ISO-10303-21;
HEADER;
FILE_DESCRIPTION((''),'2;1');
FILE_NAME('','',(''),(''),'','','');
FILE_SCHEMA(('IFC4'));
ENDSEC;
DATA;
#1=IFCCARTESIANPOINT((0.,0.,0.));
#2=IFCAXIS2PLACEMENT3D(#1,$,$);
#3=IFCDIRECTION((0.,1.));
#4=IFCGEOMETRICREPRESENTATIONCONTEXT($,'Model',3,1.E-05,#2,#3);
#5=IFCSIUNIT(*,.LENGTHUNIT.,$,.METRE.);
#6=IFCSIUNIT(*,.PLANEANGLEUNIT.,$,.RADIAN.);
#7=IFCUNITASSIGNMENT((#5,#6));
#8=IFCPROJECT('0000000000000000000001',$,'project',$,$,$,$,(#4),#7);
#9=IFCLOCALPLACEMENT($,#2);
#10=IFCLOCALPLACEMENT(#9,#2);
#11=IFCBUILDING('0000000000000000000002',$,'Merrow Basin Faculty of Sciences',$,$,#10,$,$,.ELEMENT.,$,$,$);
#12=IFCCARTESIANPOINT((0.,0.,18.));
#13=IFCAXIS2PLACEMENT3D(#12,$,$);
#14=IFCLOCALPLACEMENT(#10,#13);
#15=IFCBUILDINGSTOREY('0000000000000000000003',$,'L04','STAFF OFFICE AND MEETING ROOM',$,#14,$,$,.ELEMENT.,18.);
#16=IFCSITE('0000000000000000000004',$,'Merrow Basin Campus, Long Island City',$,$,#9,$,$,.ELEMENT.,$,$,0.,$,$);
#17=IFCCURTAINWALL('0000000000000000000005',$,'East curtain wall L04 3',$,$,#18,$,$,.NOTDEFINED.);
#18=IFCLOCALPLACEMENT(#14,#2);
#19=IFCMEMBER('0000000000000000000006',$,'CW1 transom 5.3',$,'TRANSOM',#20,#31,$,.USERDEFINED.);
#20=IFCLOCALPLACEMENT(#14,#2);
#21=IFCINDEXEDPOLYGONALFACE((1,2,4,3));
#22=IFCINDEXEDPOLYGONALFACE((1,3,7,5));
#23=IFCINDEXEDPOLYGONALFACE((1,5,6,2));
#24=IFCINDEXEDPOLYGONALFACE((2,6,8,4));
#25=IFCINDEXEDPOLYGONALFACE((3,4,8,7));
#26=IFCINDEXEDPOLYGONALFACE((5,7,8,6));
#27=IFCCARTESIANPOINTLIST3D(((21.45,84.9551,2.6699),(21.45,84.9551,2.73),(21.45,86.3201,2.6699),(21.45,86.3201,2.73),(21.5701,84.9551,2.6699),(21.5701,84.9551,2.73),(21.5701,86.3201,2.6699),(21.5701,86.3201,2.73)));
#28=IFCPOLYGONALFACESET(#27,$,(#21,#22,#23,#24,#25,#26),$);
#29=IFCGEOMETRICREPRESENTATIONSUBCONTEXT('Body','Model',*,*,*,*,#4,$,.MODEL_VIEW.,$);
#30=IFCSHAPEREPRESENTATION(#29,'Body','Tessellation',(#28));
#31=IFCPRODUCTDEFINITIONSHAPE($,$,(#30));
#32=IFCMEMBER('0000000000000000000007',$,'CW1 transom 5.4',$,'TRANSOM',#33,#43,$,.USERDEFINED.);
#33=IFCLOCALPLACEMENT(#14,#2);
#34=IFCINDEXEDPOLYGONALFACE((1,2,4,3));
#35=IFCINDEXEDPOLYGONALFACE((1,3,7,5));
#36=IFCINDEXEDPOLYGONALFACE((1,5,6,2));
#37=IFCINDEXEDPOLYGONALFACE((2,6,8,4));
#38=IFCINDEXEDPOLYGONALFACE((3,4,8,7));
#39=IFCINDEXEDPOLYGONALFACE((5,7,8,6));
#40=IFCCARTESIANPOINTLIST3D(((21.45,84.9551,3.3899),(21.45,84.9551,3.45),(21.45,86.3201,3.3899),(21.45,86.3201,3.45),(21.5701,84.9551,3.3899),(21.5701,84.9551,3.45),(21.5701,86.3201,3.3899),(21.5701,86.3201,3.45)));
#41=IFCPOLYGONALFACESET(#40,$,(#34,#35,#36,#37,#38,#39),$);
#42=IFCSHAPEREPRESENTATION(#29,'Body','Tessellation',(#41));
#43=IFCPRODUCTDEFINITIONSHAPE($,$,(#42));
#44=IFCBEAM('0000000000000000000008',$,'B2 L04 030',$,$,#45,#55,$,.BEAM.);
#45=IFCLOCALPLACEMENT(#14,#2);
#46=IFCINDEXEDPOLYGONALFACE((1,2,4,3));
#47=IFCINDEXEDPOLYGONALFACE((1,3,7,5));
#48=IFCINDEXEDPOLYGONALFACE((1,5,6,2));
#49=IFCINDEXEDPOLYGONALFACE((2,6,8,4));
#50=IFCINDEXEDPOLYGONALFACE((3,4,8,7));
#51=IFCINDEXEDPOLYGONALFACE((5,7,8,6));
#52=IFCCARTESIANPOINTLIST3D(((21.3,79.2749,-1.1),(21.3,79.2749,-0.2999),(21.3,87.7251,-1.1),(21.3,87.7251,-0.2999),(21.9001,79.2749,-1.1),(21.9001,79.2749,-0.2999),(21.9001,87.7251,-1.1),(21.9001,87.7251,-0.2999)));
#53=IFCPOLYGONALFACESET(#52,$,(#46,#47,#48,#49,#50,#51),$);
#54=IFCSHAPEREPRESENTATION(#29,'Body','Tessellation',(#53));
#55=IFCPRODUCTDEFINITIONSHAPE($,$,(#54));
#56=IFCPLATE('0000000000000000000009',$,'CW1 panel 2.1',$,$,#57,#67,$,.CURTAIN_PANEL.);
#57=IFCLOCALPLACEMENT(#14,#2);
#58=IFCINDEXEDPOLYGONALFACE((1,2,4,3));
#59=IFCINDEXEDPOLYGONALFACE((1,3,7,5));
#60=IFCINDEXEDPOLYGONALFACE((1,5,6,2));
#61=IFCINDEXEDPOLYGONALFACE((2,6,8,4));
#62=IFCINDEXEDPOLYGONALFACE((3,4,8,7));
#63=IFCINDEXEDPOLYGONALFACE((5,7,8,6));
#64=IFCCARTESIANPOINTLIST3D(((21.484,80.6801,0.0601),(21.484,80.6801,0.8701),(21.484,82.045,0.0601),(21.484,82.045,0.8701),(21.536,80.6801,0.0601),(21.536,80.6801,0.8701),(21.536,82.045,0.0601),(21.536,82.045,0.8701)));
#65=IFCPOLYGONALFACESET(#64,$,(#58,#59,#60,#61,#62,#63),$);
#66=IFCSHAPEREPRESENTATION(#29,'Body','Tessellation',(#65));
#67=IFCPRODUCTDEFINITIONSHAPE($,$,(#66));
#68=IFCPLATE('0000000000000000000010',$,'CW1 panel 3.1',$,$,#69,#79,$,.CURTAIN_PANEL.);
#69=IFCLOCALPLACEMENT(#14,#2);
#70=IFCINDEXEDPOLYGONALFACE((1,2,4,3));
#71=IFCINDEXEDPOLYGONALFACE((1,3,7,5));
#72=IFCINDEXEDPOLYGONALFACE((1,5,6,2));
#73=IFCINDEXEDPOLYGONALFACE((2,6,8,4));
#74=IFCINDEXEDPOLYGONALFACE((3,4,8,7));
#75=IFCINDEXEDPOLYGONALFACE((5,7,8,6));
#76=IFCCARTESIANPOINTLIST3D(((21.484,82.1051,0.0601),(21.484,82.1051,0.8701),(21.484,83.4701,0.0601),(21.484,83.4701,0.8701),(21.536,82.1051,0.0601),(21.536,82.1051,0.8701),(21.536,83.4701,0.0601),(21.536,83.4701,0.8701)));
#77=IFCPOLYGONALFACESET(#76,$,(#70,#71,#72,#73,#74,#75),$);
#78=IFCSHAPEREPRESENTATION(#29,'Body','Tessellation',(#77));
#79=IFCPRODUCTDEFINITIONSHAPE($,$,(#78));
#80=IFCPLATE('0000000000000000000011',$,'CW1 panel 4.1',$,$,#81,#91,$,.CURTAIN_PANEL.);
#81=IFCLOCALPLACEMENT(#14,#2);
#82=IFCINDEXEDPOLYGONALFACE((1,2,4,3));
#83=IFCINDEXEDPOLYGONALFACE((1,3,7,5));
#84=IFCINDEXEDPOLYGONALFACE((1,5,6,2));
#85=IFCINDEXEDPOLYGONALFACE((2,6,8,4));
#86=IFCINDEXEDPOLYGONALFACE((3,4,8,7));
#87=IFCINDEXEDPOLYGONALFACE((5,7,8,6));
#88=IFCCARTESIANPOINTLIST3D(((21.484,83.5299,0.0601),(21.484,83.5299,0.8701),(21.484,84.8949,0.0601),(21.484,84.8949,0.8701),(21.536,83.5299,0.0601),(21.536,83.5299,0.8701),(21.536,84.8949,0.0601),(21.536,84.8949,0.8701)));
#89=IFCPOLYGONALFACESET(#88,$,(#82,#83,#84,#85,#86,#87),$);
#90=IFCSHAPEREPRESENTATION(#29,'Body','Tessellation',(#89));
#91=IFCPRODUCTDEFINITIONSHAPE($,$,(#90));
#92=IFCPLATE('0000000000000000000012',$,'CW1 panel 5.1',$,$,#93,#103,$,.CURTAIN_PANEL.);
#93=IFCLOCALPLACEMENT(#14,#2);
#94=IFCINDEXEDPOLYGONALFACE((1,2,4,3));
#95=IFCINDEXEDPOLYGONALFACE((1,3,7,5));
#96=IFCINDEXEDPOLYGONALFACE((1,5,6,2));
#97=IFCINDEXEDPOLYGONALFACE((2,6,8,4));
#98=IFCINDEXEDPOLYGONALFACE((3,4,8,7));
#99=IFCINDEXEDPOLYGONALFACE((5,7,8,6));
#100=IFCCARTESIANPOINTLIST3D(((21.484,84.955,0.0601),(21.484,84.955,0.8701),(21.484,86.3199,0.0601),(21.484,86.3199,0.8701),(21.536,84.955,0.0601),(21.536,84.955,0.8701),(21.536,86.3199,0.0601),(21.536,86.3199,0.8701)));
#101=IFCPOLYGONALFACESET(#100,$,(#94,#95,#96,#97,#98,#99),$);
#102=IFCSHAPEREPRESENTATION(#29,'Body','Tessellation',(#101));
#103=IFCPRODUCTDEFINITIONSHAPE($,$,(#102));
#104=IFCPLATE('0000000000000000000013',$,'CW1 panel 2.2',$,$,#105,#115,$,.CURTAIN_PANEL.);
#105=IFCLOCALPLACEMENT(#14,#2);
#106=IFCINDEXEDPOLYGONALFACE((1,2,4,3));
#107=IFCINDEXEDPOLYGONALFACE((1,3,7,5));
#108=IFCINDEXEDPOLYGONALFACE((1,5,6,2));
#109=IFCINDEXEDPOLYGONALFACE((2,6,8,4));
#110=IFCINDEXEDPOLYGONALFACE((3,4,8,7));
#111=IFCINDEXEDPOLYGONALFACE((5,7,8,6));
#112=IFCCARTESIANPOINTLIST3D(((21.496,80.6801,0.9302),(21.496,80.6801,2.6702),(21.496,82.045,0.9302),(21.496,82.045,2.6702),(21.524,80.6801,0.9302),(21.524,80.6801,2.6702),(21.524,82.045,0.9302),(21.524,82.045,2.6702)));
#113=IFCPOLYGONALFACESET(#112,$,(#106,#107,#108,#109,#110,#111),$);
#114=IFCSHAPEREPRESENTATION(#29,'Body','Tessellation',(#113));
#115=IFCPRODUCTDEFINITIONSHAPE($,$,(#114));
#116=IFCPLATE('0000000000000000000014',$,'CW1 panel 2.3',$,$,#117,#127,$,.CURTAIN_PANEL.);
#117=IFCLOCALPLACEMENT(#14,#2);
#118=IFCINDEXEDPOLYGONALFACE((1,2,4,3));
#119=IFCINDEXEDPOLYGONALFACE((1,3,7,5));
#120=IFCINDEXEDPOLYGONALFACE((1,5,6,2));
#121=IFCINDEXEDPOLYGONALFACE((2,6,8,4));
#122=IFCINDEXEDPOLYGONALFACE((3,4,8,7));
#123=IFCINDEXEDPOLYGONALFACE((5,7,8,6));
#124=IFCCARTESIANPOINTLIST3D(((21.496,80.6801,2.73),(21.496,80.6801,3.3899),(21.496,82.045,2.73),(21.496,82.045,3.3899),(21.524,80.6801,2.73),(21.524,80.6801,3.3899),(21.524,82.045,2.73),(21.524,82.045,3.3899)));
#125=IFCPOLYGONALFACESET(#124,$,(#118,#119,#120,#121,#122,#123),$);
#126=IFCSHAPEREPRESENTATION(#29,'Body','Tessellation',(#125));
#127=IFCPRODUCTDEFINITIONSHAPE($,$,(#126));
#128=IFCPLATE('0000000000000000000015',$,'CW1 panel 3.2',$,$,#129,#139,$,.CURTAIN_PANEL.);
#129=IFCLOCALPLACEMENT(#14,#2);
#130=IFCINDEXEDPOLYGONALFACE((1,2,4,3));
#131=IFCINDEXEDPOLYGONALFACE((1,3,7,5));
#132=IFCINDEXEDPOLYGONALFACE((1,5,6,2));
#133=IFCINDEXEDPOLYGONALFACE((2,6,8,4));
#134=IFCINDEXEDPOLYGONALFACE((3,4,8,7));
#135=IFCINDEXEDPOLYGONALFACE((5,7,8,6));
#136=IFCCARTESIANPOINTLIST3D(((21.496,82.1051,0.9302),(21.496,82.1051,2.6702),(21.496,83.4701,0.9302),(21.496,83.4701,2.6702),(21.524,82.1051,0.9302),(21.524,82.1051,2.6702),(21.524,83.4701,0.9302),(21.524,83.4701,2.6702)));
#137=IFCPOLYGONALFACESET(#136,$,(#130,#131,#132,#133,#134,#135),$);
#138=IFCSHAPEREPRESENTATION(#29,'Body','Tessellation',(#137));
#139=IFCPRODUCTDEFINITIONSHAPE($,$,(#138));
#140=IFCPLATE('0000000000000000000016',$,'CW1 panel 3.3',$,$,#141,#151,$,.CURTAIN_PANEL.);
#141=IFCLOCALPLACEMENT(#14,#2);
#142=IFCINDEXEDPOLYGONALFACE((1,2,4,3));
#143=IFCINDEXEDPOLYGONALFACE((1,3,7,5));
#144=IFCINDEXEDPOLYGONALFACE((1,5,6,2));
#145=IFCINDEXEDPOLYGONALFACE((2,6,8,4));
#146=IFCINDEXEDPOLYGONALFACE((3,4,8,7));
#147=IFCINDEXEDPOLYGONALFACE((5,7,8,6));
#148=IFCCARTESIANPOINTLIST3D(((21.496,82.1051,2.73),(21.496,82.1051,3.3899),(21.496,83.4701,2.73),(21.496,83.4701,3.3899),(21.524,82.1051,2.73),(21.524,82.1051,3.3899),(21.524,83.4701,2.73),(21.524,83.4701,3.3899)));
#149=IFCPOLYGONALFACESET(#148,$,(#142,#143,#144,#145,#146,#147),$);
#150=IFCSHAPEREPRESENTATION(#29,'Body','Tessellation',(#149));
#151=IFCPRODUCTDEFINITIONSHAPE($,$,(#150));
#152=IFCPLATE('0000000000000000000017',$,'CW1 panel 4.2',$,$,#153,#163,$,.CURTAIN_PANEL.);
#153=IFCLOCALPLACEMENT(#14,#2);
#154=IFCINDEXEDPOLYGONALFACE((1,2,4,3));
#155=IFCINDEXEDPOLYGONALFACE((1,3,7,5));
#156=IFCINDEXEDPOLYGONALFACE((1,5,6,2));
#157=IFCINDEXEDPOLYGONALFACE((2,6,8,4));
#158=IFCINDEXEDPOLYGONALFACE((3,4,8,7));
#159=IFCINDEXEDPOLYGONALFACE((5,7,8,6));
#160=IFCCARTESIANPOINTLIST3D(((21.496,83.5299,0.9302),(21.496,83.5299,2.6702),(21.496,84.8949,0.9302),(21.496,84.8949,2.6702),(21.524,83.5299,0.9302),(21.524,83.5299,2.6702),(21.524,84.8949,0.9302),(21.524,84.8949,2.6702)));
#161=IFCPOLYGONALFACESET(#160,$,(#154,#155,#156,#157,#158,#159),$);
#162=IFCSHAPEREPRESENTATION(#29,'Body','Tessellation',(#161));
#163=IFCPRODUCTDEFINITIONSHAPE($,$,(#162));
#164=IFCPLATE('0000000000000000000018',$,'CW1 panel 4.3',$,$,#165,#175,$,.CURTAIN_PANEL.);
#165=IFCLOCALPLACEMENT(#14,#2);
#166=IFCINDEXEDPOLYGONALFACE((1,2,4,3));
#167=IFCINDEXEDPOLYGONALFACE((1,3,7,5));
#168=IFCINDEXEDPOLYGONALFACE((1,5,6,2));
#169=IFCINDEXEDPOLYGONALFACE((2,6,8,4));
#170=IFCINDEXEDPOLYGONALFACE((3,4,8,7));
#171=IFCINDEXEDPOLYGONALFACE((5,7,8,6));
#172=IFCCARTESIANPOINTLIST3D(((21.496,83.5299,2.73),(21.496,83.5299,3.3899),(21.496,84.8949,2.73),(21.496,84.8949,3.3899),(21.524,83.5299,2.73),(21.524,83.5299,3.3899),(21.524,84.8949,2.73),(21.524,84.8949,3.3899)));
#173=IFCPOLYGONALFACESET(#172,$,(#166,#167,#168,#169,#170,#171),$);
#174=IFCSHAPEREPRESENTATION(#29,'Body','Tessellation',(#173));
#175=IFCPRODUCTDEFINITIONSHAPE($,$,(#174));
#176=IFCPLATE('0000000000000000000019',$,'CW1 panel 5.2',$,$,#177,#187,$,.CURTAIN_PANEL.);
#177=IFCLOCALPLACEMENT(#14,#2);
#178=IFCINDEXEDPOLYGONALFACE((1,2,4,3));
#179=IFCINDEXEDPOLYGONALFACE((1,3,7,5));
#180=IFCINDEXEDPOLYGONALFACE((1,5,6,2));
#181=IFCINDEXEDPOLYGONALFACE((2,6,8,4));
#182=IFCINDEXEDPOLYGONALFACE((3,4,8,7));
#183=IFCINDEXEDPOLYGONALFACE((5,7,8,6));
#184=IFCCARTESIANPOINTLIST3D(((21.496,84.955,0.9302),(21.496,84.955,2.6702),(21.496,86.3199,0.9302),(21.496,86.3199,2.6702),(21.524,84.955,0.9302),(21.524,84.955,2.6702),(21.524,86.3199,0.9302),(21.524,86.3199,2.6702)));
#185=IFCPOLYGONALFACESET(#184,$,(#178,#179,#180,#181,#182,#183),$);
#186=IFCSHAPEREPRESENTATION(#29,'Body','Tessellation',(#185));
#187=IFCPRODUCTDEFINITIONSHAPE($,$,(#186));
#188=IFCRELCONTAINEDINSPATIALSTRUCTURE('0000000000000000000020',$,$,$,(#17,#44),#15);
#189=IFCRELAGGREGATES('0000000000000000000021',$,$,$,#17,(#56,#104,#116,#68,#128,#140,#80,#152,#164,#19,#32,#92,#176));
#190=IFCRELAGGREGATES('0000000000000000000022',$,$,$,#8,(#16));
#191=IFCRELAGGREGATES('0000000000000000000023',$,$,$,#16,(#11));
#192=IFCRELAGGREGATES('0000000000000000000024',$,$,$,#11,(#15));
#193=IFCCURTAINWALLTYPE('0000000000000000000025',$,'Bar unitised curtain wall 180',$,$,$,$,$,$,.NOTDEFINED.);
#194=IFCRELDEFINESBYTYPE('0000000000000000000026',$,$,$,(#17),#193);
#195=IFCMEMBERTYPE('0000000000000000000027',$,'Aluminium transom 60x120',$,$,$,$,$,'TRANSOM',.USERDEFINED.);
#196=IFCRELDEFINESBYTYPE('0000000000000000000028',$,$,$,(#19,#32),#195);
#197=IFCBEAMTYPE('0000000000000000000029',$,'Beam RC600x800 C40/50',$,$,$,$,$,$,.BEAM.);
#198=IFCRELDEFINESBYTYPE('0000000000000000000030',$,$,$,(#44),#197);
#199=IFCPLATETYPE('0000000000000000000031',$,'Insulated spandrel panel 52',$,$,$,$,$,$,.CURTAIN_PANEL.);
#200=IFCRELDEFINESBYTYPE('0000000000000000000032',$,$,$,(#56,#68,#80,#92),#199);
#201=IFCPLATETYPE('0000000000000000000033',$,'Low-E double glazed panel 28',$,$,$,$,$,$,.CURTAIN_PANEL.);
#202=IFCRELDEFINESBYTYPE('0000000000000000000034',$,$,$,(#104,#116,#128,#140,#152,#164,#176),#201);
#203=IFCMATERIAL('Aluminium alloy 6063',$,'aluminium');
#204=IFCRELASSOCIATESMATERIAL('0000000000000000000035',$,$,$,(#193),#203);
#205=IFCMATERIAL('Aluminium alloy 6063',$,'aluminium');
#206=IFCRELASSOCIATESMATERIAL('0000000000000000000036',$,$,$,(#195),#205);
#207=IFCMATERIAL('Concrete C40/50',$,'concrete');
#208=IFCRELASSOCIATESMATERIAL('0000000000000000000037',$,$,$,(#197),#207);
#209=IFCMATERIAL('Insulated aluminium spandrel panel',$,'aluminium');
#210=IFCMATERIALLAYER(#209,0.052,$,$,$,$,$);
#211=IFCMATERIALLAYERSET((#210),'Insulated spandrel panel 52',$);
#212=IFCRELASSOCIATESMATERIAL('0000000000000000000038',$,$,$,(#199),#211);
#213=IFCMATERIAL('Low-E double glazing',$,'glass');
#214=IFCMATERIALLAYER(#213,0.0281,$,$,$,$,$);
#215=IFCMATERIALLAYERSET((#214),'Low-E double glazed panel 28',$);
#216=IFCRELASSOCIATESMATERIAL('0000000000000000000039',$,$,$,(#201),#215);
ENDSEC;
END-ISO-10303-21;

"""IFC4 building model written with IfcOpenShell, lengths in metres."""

from ifc_helpers import new_model, si_unit, direction, frame, origin, origin_2d, place, context, subcontext, project, spatial, rectangle, extrude, material, layer, layer_set, material_profile, profile_set, type_object, element, aggregate, save


model = new_model("IFC4")

# Units and contexts
model_context = context("Model", 3, precision=1e-05, world=origin(), true_north=direction((0.0, 1.0)))
body_context = subcontext(model_context, "Body", "Model", "MODEL_VIEW")
ifc_project = project(units=[si_unit("LENGTHUNIT", "METRE"), si_unit("PLANEANGLEUNIT", "RADIAN")], contexts=[model_context])

# Site, building, storey
site_placement = place(None, origin())
site = spatial("IfcSite", under=ifc_project, at=site_placement, Name="Merrow Basin Campus, Long Island City", CompositionType="ELEMENT", RefElevation=0.0)
building_placement = place(site_placement, origin())
building = spatial("IfcBuilding", under=site, at=building_placement, Name="Merrow Basin Faculty of Sciences", CompositionType="ELEMENT")
storey_placement = place(building_placement, frame((0.0, 0.0, 18.0)))
storey = spatial("IfcBuildingStorey", under=building, at=storey_placement, Name="L04", Description="STAFF OFFICE AND MEETING ROOM", CompositionType="ELEMENT", Elevation=18.0)

# Curtain wall, members
ifc_material_1 = material(Name="Aluminium alloy 6063", Category="aluminium")
curtain_wall_type = type_object("IfcCurtainWallType", Name="Bar unitised curtain wall 180", PredefinedType="NOTDEFINED", material=ifc_material_1)
curtain_wall_placement = place(storey_placement, origin())
curtain_wall = element("IfcCurtainWall", 1, at=curtain_wall_placement, inside=storey, type_object=curtain_wall_type, Name="East curtain wall L04 3", PredefinedType="NOTDEFINED")
ifc_material_2 = material(Name="Aluminium alloy 6063", Category="aluminium")
ifc_material_profile_1 = material_profile(ifc_material_2, rectangle(XDim=0.1201, YDim=0.0601, at=origin_2d()))
ifc_profile_set_1 = profile_set([ifc_material_profile_1], Name="Aluminium alloy 6063")
member_type_1 = type_object("IfcMemberType", Name="Aluminium transom 60x120", ElementType="TRANSOM", PredefinedType="USERDEFINED", material=ifc_profile_set_1)
member_1_placement = place(storey_placement, frame((21.51, 84.9551, 2.7), z_axis=(0.0, 1.0, 0.0), x_axis=(-1.0, 0.0, 0.0)))
member_1 = element("IfcMember", 2, at=member_1_placement, type_object=member_type_1, Name="CW1 transom 5.3", ObjectType="TRANSOM", PredefinedType="USERDEFINED", context=body_context, shape_type="SweptSolid", body=[
    extrude(rectangle(XDim=0.1201, YDim=0.0601, at=origin_2d()), origin(), (0.0, 0.0, 1.0), 1.365),
])
member_2_placement = place(storey_placement, frame((21.51, 84.9551, 3.4199), z_axis=(0.0, 1.0, 0.0), x_axis=(-1.0, 0.0, 0.0)))
member_2 = element("IfcMember", 3, at=member_2_placement, type_object=member_type_1, Name="CW1 transom 5.4", ObjectType="TRANSOM", PredefinedType="USERDEFINED", context=body_context, shape_type="SweptSolid", body=[
    extrude(rectangle(XDim=0.1201, YDim=0.0601, at=origin_2d()), origin(), (0.0, 0.0, 1.0), 1.365),
])

# Beam
ifc_material_3 = material(Name="Concrete C40/50", Category="concrete")
ifc_material_profile_2 = material_profile(ifc_material_3, rectangle(XDim=0.6001, YDim=0.8, at=origin_2d()))
ifc_profile_set_2 = profile_set([ifc_material_profile_2], Name="Concrete C40/50")
beam_type = type_object("IfcBeamType", Name="Beam RC600x800 C40/50", PredefinedType="BEAM", material=ifc_profile_set_2)
beam_placement = place(storey_placement, frame((21.6001, 79.2749, -0.7), z_axis=(0.0, 1.0, 0.0), x_axis=(-1.0, 0.0, 0.0)))
element("IfcBeam", 4, at=beam_placement, inside=storey, type_object=beam_type, Name="B2 L04 030", PredefinedType="BEAM", context=body_context, shape_type="SweptSolid", body=[
    extrude(rectangle(XDim=0.6001, YDim=0.8, at=origin_2d()), origin(), (0.0, 0.0, 1.0), 8.4502),
])

# Plates
ifc_material_4 = material(Name="Insulated aluminium spandrel panel", Category="aluminium")
ifc_layer_1 = layer(ifc_material_4, 0.052)
ifc_layer_set_1 = layer_set([ifc_layer_1], Name="Insulated spandrel panel 52")
plate_type_1 = type_object("IfcPlateType", Name="Insulated spandrel panel 52", PredefinedType="CURTAIN_PANEL", material=ifc_layer_set_1)
plate_1_placement = place(storey_placement, frame((21.51, 81.3625, 0.0601), z_axis=(0.0, 0.0, 1.0), x_axis=(0.0, 1.0, 0.0)))
plate_1 = element("IfcPlate", 5, at=plate_1_placement, type_object=plate_type_1, Name="CW1 panel 2.1", PredefinedType="CURTAIN_PANEL", context=body_context, shape_type="SweptSolid", body=[
    extrude(rectangle(XDim=1.365, YDim=0.052, at=origin_2d()), origin(), (0.0, 0.0, 1.0), 0.8101),
])
plate_2_placement = place(storey_placement, frame((21.51, 82.7876, 0.0601), z_axis=(0.0, 0.0, 1.0), x_axis=(0.0, 1.0, 0.0)))
plate_2 = element("IfcPlate", 6, at=plate_2_placement, type_object=plate_type_1, Name="CW1 panel 3.1", PredefinedType="CURTAIN_PANEL", context=body_context, shape_type="SweptSolid", body=[
    extrude(rectangle(XDim=1.365, YDim=0.052, at=origin_2d()), origin(), (0.0, 0.0, 1.0), 0.8101),
])
plate_3_placement = place(storey_placement, frame((21.51, 84.2124, 0.0601), z_axis=(0.0, 0.0, 1.0), x_axis=(0.0, 1.0, 0.0)))
plate_3 = element("IfcPlate", 7, at=plate_3_placement, type_object=plate_type_1, Name="CW1 panel 4.1", PredefinedType="CURTAIN_PANEL", context=body_context, shape_type="SweptSolid", body=[
    extrude(rectangle(XDim=1.365, YDim=0.052, at=origin_2d()), origin(), (0.0, 0.0, 1.0), 0.8101),
])
plate_4_placement = place(storey_placement, frame((21.51, 85.6375, 0.0601), z_axis=(0.0, 0.0, 1.0), x_axis=(0.0, 1.0, 0.0)))
plate_4 = element("IfcPlate", 8, at=plate_4_placement, type_object=plate_type_1, Name="CW1 panel 5.1", PredefinedType="CURTAIN_PANEL", context=body_context, shape_type="SweptSolid", body=[
    extrude(rectangle(XDim=1.365, YDim=0.052, at=origin_2d()), origin(), (0.0, 0.0, 1.0), 0.8101),
])
ifc_material_5 = material(Name="Low-E double glazing", Category="glass")
ifc_layer_2 = layer(ifc_material_5, 0.0281)
ifc_layer_set_2 = layer_set([ifc_layer_2], Name="Low-E double glazed panel 28")
plate_type_2 = type_object("IfcPlateType", Name="Low-E double glazed panel 28", PredefinedType="CURTAIN_PANEL", material=ifc_layer_set_2)
plate_5_placement = place(storey_placement, frame((21.51, 81.3625, 0.9302), z_axis=(0.0, 0.0, 1.0), x_axis=(0.0, 1.0, 0.0)))
plate_5 = element("IfcPlate", 9, at=plate_5_placement, type_object=plate_type_2, Name="CW1 panel 2.2", PredefinedType="CURTAIN_PANEL", context=body_context, shape_type="SweptSolid", body=[
    extrude(rectangle(XDim=1.365, YDim=0.0281, at=origin_2d()), origin(), (0.0, 0.0, 1.0), 1.74),
])
plate_6_placement = place(storey_placement, frame((21.51, 81.3625, 2.73), z_axis=(0.0, 0.0, 1.0), x_axis=(0.0, 1.0, 0.0)))
plate_6 = element("IfcPlate", 10, at=plate_6_placement, type_object=plate_type_2, Name="CW1 panel 2.3", PredefinedType="CURTAIN_PANEL", context=body_context, shape_type="SweptSolid", body=[
    extrude(rectangle(XDim=1.365, YDim=0.0281, at=origin_2d()), origin(), (0.0, 0.0, 1.0), 0.6599),
])
plate_7_placement = place(storey_placement, frame((21.51, 82.7876, 0.9302), z_axis=(0.0, 0.0, 1.0), x_axis=(0.0, 1.0, 0.0)))
plate_7 = element("IfcPlate", 11, at=plate_7_placement, type_object=plate_type_2, Name="CW1 panel 3.2", PredefinedType="CURTAIN_PANEL", context=body_context, shape_type="SweptSolid", body=[
    extrude(rectangle(XDim=1.365, YDim=0.0281, at=origin_2d()), origin(), (0.0, 0.0, 1.0), 1.74),
])
plate_8_placement = place(storey_placement, frame((21.51, 82.7876, 2.73), z_axis=(0.0, 0.0, 1.0), x_axis=(0.0, 1.0, 0.0)))
plate_8 = element("IfcPlate", 12, at=plate_8_placement, type_object=plate_type_2, Name="CW1 panel 3.3", PredefinedType="CURTAIN_PANEL", context=body_context, shape_type="SweptSolid", body=[
    extrude(rectangle(XDim=1.365, YDim=0.0281, at=origin_2d()), origin(), (0.0, 0.0, 1.0), 0.6599),
])
plate_9_placement = place(storey_placement, frame((21.51, 84.2124, 0.9302), z_axis=(0.0, 0.0, 1.0), x_axis=(0.0, 1.0, 0.0)))
plate_9 = element("IfcPlate", 13, at=plate_9_placement, type_object=plate_type_2, Name="CW1 panel 4.2", PredefinedType="CURTAIN_PANEL", context=body_context, shape_type="SweptSolid", body=[
    extrude(rectangle(XDim=1.365, YDim=0.0281, at=origin_2d()), origin(), (0.0, 0.0, 1.0), 1.74),
])
plate_10_placement = place(storey_placement, frame((21.51, 84.2124, 2.73), z_axis=(0.0, 0.0, 1.0), x_axis=(0.0, 1.0, 0.0)))
plate_10 = element("IfcPlate", 14, at=plate_10_placement, type_object=plate_type_2, Name="CW1 panel 4.3", PredefinedType="CURTAIN_PANEL", context=body_context, shape_type="SweptSolid", body=[
    extrude(rectangle(XDim=1.365, YDim=0.0281, at=origin_2d()), origin(), (0.0, 0.0, 1.0), 0.6599),
])
plate_11_placement = place(storey_placement, frame((21.51, 85.6375, 0.9302), z_axis=(0.0, 0.0, 1.0), x_axis=(0.0, 1.0, 0.0)))
plate_11 = element("IfcPlate", 15, at=plate_11_placement, type_object=plate_type_2, Name="CW1 panel 5.2", PredefinedType="CURTAIN_PANEL", context=body_context, shape_type="SweptSolid", body=[
    extrude(rectangle(XDim=1.365, YDim=0.0281, at=origin_2d()), origin(), (0.0, 0.0, 1.0), 1.74),
])
aggregate(curtain_wall, [plate_1, plate_5, plate_6, plate_2, plate_7, plate_8, plate_3, plate_9, plate_10, member_1, member_2, plate_4, plate_11])

save(model, "model.ifc")
